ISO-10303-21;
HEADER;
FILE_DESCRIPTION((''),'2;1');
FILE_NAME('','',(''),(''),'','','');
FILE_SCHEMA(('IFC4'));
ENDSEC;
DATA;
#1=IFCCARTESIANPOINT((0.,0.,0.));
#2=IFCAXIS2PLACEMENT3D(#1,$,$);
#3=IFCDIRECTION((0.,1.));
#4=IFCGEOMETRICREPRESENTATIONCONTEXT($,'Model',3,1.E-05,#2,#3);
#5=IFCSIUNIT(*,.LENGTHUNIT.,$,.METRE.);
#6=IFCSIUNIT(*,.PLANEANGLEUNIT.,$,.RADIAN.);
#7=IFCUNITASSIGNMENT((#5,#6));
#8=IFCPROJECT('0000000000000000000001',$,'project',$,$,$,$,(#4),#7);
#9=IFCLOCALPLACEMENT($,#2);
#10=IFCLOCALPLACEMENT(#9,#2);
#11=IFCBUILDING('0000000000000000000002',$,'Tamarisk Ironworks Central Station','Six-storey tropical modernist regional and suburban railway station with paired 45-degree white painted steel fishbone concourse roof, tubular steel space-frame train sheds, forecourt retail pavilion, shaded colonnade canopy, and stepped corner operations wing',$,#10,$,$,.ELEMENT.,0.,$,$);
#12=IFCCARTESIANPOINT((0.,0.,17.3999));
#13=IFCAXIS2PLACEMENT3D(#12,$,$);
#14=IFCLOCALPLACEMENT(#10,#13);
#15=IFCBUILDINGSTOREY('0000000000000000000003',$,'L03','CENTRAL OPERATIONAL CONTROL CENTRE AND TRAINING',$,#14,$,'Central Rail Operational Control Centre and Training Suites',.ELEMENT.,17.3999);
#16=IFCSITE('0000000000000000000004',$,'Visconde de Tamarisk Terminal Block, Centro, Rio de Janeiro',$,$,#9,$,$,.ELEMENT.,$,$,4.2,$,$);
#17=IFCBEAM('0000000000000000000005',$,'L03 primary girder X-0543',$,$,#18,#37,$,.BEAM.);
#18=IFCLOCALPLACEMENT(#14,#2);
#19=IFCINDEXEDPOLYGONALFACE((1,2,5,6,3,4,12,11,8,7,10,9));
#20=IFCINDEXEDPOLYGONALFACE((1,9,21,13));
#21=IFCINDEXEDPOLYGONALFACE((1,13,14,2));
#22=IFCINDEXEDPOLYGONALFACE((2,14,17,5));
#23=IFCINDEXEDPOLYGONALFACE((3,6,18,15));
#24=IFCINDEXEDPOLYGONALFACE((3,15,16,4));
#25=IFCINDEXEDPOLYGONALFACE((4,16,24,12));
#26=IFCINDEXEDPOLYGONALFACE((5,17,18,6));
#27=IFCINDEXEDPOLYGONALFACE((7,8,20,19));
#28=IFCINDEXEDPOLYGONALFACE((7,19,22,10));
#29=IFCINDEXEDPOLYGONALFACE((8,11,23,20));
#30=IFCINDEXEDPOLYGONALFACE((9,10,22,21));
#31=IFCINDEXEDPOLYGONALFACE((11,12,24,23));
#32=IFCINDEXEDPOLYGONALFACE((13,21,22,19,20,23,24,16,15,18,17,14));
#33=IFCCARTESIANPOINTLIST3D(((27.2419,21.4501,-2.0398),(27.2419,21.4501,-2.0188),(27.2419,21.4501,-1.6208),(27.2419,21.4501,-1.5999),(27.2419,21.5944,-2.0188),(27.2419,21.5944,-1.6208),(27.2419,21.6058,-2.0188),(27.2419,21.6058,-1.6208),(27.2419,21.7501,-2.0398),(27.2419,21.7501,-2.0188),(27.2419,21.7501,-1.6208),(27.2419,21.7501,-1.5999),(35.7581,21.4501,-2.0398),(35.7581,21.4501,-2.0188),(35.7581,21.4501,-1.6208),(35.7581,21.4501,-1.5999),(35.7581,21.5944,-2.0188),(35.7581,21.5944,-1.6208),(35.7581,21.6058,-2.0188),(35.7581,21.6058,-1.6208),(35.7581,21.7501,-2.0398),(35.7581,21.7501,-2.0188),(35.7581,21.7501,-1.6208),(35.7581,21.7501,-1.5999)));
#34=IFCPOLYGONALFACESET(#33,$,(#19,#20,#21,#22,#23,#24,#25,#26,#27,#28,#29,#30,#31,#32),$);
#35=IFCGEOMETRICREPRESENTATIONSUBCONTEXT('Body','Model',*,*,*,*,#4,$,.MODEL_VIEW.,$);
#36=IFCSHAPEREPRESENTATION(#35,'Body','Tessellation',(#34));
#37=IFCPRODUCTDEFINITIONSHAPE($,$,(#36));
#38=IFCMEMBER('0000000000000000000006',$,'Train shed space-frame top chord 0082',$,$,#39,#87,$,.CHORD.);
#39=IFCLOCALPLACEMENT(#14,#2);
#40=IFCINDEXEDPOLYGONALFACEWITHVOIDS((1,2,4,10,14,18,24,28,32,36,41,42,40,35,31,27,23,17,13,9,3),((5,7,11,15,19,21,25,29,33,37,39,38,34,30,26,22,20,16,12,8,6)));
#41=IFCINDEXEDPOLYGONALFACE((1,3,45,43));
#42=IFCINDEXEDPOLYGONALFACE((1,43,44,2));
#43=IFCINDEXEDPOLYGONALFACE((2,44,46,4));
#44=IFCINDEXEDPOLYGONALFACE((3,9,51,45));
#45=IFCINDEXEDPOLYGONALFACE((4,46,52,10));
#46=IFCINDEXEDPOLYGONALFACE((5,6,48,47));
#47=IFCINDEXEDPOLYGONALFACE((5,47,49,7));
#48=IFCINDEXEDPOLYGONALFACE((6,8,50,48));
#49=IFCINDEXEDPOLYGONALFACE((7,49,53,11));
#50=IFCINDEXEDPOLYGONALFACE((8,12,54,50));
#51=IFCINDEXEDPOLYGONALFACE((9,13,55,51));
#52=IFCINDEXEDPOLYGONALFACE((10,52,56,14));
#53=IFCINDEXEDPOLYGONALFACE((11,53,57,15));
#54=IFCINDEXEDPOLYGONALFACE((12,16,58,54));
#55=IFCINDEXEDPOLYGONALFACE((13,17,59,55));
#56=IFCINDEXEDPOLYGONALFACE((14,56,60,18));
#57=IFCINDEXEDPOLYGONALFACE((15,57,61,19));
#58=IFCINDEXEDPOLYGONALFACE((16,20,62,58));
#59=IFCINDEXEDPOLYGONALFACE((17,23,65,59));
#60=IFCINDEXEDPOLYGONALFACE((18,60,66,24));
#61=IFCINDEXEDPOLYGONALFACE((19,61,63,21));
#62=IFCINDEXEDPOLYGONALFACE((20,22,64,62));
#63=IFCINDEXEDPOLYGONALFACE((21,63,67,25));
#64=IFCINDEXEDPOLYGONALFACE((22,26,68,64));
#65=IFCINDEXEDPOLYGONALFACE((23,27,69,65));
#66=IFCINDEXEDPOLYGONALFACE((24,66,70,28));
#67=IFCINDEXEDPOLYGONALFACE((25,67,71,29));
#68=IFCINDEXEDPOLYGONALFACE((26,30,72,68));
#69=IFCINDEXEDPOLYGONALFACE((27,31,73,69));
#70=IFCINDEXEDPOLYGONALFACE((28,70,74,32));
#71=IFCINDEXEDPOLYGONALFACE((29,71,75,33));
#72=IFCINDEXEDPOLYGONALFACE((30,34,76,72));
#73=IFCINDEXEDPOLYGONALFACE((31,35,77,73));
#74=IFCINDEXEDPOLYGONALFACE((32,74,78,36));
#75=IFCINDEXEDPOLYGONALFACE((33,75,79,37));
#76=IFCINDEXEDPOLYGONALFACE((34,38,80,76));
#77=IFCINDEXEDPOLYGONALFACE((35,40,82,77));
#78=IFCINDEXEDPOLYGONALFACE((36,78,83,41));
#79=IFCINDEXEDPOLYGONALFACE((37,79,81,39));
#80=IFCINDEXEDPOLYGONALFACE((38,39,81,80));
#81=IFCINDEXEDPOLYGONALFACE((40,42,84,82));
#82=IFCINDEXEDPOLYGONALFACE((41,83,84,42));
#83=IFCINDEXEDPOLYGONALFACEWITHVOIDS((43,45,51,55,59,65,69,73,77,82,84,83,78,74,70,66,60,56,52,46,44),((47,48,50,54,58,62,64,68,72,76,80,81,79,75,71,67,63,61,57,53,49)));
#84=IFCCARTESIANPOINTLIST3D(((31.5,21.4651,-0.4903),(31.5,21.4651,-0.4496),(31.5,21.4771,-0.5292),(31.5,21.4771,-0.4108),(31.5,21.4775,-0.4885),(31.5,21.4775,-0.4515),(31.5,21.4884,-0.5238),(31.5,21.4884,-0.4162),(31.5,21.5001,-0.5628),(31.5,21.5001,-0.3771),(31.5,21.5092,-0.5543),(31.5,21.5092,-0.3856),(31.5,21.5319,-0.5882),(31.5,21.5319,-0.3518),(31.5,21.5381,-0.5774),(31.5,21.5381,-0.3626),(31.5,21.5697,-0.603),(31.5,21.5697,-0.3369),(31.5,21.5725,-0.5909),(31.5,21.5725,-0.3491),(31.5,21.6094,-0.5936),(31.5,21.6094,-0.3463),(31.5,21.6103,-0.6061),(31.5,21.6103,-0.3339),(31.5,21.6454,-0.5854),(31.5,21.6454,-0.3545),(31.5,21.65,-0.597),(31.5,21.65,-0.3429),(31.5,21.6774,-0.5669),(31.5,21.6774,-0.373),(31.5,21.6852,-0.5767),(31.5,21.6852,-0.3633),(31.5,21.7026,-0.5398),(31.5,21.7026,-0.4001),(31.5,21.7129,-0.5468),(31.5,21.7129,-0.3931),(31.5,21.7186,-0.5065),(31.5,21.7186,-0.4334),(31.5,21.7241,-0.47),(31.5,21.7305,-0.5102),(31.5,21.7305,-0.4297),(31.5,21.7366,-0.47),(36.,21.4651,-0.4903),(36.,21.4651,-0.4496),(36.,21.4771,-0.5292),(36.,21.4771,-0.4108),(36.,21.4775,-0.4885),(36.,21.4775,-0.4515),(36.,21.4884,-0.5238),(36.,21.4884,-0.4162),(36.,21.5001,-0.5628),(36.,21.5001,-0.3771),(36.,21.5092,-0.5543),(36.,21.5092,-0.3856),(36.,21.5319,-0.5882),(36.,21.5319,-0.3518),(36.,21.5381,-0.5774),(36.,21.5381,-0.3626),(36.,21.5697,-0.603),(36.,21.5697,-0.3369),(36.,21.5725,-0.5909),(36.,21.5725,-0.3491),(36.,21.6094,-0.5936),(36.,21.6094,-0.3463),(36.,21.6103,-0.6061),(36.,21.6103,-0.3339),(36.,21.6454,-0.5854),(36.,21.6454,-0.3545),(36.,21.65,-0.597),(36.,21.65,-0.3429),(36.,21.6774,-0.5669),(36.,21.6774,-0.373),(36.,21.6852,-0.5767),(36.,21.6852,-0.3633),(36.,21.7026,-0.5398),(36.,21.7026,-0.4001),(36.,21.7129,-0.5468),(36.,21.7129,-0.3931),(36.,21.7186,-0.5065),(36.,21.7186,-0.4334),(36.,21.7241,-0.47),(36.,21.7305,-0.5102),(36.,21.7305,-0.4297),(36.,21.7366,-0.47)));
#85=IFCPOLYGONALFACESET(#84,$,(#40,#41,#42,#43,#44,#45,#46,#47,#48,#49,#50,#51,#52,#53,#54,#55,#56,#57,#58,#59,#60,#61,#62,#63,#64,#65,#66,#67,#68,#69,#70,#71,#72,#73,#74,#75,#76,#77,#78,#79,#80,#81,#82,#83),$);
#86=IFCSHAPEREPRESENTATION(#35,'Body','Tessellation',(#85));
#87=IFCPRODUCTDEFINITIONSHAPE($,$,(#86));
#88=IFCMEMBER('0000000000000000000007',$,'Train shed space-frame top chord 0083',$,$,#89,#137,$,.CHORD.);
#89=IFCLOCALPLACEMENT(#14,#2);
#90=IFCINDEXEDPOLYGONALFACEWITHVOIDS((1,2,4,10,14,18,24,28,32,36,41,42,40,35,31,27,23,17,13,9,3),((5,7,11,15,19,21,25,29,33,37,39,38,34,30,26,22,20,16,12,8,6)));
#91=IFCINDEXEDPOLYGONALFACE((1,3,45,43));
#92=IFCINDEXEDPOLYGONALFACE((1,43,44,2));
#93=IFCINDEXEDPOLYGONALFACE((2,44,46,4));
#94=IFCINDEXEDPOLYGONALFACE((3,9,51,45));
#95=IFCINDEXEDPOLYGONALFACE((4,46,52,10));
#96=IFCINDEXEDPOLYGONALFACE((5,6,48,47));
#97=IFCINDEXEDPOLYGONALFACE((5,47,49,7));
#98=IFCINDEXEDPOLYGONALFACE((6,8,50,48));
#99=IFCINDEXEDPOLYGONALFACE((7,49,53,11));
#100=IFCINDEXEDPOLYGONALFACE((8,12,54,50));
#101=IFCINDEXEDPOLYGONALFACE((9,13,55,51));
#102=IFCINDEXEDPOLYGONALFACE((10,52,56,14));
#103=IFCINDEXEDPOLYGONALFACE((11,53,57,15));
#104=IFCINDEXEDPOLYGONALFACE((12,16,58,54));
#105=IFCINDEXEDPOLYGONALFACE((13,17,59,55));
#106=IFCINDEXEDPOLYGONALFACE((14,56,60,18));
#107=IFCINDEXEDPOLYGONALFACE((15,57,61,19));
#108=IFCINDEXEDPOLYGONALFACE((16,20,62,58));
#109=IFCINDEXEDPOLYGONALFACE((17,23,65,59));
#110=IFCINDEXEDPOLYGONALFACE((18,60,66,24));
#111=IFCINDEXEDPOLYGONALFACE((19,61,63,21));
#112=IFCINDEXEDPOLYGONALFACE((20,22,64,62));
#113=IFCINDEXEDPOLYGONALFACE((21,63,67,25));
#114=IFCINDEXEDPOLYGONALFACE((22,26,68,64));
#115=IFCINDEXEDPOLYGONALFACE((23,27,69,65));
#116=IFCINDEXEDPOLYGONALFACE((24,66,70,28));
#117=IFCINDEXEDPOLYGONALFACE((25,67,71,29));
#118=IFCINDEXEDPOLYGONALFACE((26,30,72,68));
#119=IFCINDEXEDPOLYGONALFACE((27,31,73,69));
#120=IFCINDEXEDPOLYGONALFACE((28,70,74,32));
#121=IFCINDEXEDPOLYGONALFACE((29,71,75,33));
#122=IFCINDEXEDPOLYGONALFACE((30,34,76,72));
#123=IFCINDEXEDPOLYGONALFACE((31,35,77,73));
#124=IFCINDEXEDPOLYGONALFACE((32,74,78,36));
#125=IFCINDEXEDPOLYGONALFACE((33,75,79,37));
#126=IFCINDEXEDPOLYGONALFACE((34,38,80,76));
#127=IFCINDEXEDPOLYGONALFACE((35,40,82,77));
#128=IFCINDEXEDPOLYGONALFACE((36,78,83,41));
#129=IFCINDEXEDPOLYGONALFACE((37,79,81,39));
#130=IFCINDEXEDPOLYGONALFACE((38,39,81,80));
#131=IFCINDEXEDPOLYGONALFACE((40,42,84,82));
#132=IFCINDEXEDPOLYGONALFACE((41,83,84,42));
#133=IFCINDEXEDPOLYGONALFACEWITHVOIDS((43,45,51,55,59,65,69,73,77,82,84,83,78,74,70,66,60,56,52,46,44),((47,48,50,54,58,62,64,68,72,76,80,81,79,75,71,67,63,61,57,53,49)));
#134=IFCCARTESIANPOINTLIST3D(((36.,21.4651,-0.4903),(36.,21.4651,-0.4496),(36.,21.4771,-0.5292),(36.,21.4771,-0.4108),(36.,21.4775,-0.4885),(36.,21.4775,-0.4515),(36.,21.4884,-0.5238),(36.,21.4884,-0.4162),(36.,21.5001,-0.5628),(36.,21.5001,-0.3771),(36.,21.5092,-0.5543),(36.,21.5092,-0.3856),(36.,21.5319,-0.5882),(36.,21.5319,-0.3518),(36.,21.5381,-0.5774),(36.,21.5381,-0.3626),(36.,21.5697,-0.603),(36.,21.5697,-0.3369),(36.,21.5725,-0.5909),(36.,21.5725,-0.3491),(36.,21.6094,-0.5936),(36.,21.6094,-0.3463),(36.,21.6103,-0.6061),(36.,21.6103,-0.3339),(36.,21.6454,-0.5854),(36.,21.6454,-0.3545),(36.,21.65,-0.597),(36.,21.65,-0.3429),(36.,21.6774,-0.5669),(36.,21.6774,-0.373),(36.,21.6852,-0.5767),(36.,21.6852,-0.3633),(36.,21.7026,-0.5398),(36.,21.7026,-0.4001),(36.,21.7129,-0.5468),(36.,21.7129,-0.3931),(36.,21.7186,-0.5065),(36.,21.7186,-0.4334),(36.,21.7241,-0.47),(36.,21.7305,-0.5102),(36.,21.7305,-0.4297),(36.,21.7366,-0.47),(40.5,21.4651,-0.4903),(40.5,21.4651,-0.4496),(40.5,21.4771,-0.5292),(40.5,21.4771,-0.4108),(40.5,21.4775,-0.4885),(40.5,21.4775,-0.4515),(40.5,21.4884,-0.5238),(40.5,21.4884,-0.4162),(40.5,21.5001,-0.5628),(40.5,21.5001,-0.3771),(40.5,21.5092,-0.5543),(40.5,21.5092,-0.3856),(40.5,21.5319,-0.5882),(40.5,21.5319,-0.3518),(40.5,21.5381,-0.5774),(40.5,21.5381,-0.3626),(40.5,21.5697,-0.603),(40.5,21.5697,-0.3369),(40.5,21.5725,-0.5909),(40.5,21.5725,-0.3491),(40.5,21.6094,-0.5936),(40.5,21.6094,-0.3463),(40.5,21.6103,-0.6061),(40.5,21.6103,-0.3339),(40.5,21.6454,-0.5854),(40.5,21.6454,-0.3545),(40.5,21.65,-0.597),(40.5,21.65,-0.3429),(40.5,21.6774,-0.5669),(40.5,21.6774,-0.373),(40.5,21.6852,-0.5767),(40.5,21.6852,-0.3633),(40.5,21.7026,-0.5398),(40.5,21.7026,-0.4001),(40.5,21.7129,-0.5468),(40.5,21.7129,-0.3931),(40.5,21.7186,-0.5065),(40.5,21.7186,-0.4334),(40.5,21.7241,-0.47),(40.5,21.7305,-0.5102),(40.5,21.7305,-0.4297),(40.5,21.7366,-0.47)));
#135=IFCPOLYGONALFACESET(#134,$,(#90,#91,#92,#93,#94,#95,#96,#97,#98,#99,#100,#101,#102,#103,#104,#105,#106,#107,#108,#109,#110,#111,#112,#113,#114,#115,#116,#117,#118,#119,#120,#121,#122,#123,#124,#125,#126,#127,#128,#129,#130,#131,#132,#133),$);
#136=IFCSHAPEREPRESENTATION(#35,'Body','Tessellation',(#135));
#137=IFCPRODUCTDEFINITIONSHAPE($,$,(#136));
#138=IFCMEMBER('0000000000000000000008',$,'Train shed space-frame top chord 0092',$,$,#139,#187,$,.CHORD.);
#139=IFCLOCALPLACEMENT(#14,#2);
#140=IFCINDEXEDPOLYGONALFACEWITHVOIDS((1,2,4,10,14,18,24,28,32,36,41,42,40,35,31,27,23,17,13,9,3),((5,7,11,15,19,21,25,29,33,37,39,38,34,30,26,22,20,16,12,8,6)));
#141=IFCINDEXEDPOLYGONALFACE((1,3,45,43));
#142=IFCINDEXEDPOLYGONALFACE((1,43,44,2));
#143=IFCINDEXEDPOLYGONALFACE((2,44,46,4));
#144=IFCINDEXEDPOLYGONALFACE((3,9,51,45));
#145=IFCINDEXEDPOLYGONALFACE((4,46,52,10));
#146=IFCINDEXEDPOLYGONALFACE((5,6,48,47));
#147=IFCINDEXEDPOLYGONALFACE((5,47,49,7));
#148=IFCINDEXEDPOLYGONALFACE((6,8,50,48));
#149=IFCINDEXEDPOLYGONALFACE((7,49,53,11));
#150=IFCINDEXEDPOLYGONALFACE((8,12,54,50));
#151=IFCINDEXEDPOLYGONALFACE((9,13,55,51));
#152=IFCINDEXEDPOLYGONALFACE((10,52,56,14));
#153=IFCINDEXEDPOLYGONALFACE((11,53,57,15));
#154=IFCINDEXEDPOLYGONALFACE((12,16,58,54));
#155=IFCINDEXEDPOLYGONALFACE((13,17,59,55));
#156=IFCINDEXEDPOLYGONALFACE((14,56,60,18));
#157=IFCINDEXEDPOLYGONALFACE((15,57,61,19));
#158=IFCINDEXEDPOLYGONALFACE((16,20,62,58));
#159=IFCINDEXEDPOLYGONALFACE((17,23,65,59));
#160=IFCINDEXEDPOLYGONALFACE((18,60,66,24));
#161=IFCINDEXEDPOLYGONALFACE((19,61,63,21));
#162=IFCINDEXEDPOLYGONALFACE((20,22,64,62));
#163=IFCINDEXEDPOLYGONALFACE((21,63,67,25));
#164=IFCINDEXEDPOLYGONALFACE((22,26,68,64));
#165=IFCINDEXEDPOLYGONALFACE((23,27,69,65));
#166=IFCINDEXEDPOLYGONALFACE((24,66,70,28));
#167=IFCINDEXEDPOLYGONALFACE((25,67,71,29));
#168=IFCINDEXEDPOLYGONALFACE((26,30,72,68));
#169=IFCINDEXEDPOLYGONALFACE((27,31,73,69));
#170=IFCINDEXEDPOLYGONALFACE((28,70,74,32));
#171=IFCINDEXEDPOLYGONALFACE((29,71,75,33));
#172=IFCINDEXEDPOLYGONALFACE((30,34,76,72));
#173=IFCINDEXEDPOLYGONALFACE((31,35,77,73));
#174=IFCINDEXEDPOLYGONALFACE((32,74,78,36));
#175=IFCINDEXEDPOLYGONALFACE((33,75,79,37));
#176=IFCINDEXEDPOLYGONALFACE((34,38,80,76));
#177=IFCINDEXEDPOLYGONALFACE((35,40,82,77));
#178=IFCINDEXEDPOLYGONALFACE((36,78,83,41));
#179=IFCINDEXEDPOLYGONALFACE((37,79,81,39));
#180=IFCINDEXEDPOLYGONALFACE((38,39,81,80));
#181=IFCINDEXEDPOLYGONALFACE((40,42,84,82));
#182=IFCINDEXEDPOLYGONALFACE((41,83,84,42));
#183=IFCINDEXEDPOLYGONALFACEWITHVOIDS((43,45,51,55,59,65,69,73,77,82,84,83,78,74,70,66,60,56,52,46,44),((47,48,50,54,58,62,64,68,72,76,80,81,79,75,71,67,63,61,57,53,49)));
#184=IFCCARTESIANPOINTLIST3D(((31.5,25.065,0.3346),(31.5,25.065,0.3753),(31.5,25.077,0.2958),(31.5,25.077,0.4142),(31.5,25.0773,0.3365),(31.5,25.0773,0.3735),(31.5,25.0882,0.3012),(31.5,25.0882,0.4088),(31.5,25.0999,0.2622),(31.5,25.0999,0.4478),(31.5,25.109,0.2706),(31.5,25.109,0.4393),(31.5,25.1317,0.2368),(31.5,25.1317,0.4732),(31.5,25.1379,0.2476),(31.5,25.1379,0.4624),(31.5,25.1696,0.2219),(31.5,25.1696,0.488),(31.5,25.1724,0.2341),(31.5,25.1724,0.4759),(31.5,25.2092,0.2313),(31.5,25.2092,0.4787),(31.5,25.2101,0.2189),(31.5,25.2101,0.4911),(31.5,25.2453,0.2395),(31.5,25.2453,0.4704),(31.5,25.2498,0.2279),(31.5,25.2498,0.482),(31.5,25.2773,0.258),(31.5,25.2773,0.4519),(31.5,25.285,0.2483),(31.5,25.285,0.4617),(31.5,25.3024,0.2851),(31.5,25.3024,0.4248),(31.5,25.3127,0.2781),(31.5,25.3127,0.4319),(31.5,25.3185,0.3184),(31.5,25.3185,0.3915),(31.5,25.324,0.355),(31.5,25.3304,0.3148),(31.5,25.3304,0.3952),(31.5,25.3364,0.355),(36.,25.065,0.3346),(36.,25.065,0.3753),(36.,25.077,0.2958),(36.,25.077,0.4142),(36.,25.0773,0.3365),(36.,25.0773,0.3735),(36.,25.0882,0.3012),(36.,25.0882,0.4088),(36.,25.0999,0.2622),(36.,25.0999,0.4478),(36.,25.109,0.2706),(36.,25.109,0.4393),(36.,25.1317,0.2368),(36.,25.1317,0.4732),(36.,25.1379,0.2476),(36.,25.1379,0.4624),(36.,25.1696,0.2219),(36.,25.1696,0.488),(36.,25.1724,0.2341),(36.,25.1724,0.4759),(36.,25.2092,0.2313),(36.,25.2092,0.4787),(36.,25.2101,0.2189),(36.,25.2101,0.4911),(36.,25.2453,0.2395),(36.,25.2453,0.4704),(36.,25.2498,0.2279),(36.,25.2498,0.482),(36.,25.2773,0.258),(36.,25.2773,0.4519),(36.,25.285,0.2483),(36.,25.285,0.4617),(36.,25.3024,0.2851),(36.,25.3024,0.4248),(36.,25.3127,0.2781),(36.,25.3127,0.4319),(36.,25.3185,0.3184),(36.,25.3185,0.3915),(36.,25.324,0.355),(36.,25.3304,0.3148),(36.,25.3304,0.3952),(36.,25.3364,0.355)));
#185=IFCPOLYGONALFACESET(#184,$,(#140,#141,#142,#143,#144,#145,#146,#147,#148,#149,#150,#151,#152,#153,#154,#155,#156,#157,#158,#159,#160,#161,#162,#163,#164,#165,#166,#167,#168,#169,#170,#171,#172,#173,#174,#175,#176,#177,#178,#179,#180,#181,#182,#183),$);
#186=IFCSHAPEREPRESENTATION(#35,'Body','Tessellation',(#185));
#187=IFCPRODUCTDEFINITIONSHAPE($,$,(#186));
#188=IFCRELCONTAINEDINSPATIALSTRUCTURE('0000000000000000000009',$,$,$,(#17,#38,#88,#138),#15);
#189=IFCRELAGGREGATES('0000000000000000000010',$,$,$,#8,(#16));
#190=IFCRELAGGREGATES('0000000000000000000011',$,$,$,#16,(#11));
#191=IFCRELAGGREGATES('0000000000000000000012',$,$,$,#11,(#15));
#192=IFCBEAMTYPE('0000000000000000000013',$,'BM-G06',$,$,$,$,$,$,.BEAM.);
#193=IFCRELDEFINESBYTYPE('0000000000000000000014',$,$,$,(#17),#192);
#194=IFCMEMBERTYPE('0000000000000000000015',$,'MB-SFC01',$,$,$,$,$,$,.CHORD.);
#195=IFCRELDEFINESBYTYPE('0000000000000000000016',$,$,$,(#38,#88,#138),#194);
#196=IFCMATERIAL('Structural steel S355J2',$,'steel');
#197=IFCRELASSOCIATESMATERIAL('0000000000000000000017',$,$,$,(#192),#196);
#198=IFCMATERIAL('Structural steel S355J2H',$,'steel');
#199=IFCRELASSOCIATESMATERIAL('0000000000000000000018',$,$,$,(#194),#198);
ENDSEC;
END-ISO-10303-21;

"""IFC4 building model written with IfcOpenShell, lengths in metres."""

from ifc_helpers import new_model, si_unit, direction, frame, origin, origin_2d, place, context, subcontext, project, spatial, hollow_circle, i_section, extrude, material, material_profile, profile_set, type_object, element, save


model = new_model("IFC4")

# Units and contexts
model_context = context("Model", 3, precision=1e-05, world=origin(), true_north=direction((0.0, 1.0)))
body_context = subcontext(model_context, "Body", "Model", "MODEL_VIEW")
ifc_project = project(units=[si_unit("LENGTHUNIT", "METRE"), si_unit("PLANEANGLEUNIT", "RADIAN")], contexts=[model_context])

# Site, building, storey
site_placement = place(None, origin())
site = spatial("IfcSite", under=ifc_project, at=site_placement, Name="Visconde de Tamarisk Terminal Block, Centro, Rio de Janeiro", CompositionType="ELEMENT", RefElevation=4.2)
building_placement = place(site_placement, origin())
building = spatial("IfcBuilding", under=site, at=building_placement, Name="Tamarisk Ironworks Central Station", Description="Six-storey tropical modernist regional and suburban railway station with paired 45-degree white painted steel fishbone concourse roof, tubular steel space-frame train sheds, forecourt retail pavilion, shaded colonnade canopy, and stepped corner operations wing", CompositionType="ELEMENT", ElevationOfRefHeight=0.0)
storey_placement = place(building_placement, frame((0.0, 0.0, 17.3999)))
storey = spatial("IfcBuildingStorey", under=building, at=storey_placement, Name="L03", Description="CENTRAL OPERATIONAL CONTROL CENTRE AND TRAINING", LongName="Central Rail Operational Control Centre and Training Suites", CompositionType="ELEMENT", Elevation=17.3999)

# Beam
ifc_material_1 = material(Name="Structural steel S355J2", Category="steel")
ifc_material_profile_1 = material_profile(ifc_material_1, i_section(OverallWidth=0.3, OverallDepth=0.4399, WebThickness=0.0115, FlangeThickness=0.021, at=origin_2d()), Name="HEA 450")
ifc_profile_set_1 = profile_set([ifc_material_profile_1], Name="Structural steel S355J2")
beam_type = type_object("IfcBeamType", Name="BM-G06", PredefinedType="BEAM", material=ifc_profile_set_1)
beam_placement = place(storey_placement, frame((27.2419, 21.6001, -1.8198), z_axis=(1.0, 0.0, 0.0), x_axis=(0.0, 1.0, 0.0)))
element("IfcBeam", 1, at=beam_placement, inside=storey, type_object=beam_type, Name="L03 primary girder X-0543", PredefinedType="BEAM", context=body_context, shape_type="SweptSolid", body=[
    extrude(i_section(OverallWidth=0.3, OverallDepth=0.4399, WebThickness=0.0115, FlangeThickness=0.021, at=origin_2d()), origin(), (0.0, 0.0, 1.0), 8.5161),
])

# Members
ifc_material_2 = material(Name="Structural steel S355J2H", Category="steel")
ifc_material_profile_2 = material_profile(ifc_material_2, hollow_circle(Radius=0.1365, WallThickness=0.0125, at=origin_2d()), Name="CHS 273x12.5")
ifc_profile_set_2 = profile_set([ifc_material_profile_2], Name="Structural steel S355J2H")
member_type_1 = type_object("IfcMemberType", Name="MB-SFC01", PredefinedType="CHORD", material=ifc_profile_set_2)
for number, where, z_axis, x_axis, name in (
    (2, (31.5, 21.6001, -0.47), (1.0, 0.0, 0.0), (0.0, 1.0, 0.0), "Train shed space-frame top chord 0082"),
    (3, (36.0, 21.6001, -0.47), (1.0, 0.0, 0.0), (0.0, 1.0, 0.0), "Train shed space-frame top chord 0083"),
    (4, (31.5, 25.2, 0.355), (1.0, 0.0, 0.0), (0.0, 1.0, 0.0), "Train shed space-frame top chord 0092"),
):
    element("IfcMember", number, at=place(storey_placement, frame(where, z_axis=z_axis, x_axis=x_axis)), inside=storey, type_object=member_type_1, Name=name, PredefinedType="CHORD", context=body_context, shape_type="SweptSolid", body=[
        extrude(hollow_circle(Radius=0.1365, WallThickness=0.0125, at=origin_2d()), origin(), (0.0, 0.0, 1.0), 4.5),
    ])

save(model, "model.ifc")
